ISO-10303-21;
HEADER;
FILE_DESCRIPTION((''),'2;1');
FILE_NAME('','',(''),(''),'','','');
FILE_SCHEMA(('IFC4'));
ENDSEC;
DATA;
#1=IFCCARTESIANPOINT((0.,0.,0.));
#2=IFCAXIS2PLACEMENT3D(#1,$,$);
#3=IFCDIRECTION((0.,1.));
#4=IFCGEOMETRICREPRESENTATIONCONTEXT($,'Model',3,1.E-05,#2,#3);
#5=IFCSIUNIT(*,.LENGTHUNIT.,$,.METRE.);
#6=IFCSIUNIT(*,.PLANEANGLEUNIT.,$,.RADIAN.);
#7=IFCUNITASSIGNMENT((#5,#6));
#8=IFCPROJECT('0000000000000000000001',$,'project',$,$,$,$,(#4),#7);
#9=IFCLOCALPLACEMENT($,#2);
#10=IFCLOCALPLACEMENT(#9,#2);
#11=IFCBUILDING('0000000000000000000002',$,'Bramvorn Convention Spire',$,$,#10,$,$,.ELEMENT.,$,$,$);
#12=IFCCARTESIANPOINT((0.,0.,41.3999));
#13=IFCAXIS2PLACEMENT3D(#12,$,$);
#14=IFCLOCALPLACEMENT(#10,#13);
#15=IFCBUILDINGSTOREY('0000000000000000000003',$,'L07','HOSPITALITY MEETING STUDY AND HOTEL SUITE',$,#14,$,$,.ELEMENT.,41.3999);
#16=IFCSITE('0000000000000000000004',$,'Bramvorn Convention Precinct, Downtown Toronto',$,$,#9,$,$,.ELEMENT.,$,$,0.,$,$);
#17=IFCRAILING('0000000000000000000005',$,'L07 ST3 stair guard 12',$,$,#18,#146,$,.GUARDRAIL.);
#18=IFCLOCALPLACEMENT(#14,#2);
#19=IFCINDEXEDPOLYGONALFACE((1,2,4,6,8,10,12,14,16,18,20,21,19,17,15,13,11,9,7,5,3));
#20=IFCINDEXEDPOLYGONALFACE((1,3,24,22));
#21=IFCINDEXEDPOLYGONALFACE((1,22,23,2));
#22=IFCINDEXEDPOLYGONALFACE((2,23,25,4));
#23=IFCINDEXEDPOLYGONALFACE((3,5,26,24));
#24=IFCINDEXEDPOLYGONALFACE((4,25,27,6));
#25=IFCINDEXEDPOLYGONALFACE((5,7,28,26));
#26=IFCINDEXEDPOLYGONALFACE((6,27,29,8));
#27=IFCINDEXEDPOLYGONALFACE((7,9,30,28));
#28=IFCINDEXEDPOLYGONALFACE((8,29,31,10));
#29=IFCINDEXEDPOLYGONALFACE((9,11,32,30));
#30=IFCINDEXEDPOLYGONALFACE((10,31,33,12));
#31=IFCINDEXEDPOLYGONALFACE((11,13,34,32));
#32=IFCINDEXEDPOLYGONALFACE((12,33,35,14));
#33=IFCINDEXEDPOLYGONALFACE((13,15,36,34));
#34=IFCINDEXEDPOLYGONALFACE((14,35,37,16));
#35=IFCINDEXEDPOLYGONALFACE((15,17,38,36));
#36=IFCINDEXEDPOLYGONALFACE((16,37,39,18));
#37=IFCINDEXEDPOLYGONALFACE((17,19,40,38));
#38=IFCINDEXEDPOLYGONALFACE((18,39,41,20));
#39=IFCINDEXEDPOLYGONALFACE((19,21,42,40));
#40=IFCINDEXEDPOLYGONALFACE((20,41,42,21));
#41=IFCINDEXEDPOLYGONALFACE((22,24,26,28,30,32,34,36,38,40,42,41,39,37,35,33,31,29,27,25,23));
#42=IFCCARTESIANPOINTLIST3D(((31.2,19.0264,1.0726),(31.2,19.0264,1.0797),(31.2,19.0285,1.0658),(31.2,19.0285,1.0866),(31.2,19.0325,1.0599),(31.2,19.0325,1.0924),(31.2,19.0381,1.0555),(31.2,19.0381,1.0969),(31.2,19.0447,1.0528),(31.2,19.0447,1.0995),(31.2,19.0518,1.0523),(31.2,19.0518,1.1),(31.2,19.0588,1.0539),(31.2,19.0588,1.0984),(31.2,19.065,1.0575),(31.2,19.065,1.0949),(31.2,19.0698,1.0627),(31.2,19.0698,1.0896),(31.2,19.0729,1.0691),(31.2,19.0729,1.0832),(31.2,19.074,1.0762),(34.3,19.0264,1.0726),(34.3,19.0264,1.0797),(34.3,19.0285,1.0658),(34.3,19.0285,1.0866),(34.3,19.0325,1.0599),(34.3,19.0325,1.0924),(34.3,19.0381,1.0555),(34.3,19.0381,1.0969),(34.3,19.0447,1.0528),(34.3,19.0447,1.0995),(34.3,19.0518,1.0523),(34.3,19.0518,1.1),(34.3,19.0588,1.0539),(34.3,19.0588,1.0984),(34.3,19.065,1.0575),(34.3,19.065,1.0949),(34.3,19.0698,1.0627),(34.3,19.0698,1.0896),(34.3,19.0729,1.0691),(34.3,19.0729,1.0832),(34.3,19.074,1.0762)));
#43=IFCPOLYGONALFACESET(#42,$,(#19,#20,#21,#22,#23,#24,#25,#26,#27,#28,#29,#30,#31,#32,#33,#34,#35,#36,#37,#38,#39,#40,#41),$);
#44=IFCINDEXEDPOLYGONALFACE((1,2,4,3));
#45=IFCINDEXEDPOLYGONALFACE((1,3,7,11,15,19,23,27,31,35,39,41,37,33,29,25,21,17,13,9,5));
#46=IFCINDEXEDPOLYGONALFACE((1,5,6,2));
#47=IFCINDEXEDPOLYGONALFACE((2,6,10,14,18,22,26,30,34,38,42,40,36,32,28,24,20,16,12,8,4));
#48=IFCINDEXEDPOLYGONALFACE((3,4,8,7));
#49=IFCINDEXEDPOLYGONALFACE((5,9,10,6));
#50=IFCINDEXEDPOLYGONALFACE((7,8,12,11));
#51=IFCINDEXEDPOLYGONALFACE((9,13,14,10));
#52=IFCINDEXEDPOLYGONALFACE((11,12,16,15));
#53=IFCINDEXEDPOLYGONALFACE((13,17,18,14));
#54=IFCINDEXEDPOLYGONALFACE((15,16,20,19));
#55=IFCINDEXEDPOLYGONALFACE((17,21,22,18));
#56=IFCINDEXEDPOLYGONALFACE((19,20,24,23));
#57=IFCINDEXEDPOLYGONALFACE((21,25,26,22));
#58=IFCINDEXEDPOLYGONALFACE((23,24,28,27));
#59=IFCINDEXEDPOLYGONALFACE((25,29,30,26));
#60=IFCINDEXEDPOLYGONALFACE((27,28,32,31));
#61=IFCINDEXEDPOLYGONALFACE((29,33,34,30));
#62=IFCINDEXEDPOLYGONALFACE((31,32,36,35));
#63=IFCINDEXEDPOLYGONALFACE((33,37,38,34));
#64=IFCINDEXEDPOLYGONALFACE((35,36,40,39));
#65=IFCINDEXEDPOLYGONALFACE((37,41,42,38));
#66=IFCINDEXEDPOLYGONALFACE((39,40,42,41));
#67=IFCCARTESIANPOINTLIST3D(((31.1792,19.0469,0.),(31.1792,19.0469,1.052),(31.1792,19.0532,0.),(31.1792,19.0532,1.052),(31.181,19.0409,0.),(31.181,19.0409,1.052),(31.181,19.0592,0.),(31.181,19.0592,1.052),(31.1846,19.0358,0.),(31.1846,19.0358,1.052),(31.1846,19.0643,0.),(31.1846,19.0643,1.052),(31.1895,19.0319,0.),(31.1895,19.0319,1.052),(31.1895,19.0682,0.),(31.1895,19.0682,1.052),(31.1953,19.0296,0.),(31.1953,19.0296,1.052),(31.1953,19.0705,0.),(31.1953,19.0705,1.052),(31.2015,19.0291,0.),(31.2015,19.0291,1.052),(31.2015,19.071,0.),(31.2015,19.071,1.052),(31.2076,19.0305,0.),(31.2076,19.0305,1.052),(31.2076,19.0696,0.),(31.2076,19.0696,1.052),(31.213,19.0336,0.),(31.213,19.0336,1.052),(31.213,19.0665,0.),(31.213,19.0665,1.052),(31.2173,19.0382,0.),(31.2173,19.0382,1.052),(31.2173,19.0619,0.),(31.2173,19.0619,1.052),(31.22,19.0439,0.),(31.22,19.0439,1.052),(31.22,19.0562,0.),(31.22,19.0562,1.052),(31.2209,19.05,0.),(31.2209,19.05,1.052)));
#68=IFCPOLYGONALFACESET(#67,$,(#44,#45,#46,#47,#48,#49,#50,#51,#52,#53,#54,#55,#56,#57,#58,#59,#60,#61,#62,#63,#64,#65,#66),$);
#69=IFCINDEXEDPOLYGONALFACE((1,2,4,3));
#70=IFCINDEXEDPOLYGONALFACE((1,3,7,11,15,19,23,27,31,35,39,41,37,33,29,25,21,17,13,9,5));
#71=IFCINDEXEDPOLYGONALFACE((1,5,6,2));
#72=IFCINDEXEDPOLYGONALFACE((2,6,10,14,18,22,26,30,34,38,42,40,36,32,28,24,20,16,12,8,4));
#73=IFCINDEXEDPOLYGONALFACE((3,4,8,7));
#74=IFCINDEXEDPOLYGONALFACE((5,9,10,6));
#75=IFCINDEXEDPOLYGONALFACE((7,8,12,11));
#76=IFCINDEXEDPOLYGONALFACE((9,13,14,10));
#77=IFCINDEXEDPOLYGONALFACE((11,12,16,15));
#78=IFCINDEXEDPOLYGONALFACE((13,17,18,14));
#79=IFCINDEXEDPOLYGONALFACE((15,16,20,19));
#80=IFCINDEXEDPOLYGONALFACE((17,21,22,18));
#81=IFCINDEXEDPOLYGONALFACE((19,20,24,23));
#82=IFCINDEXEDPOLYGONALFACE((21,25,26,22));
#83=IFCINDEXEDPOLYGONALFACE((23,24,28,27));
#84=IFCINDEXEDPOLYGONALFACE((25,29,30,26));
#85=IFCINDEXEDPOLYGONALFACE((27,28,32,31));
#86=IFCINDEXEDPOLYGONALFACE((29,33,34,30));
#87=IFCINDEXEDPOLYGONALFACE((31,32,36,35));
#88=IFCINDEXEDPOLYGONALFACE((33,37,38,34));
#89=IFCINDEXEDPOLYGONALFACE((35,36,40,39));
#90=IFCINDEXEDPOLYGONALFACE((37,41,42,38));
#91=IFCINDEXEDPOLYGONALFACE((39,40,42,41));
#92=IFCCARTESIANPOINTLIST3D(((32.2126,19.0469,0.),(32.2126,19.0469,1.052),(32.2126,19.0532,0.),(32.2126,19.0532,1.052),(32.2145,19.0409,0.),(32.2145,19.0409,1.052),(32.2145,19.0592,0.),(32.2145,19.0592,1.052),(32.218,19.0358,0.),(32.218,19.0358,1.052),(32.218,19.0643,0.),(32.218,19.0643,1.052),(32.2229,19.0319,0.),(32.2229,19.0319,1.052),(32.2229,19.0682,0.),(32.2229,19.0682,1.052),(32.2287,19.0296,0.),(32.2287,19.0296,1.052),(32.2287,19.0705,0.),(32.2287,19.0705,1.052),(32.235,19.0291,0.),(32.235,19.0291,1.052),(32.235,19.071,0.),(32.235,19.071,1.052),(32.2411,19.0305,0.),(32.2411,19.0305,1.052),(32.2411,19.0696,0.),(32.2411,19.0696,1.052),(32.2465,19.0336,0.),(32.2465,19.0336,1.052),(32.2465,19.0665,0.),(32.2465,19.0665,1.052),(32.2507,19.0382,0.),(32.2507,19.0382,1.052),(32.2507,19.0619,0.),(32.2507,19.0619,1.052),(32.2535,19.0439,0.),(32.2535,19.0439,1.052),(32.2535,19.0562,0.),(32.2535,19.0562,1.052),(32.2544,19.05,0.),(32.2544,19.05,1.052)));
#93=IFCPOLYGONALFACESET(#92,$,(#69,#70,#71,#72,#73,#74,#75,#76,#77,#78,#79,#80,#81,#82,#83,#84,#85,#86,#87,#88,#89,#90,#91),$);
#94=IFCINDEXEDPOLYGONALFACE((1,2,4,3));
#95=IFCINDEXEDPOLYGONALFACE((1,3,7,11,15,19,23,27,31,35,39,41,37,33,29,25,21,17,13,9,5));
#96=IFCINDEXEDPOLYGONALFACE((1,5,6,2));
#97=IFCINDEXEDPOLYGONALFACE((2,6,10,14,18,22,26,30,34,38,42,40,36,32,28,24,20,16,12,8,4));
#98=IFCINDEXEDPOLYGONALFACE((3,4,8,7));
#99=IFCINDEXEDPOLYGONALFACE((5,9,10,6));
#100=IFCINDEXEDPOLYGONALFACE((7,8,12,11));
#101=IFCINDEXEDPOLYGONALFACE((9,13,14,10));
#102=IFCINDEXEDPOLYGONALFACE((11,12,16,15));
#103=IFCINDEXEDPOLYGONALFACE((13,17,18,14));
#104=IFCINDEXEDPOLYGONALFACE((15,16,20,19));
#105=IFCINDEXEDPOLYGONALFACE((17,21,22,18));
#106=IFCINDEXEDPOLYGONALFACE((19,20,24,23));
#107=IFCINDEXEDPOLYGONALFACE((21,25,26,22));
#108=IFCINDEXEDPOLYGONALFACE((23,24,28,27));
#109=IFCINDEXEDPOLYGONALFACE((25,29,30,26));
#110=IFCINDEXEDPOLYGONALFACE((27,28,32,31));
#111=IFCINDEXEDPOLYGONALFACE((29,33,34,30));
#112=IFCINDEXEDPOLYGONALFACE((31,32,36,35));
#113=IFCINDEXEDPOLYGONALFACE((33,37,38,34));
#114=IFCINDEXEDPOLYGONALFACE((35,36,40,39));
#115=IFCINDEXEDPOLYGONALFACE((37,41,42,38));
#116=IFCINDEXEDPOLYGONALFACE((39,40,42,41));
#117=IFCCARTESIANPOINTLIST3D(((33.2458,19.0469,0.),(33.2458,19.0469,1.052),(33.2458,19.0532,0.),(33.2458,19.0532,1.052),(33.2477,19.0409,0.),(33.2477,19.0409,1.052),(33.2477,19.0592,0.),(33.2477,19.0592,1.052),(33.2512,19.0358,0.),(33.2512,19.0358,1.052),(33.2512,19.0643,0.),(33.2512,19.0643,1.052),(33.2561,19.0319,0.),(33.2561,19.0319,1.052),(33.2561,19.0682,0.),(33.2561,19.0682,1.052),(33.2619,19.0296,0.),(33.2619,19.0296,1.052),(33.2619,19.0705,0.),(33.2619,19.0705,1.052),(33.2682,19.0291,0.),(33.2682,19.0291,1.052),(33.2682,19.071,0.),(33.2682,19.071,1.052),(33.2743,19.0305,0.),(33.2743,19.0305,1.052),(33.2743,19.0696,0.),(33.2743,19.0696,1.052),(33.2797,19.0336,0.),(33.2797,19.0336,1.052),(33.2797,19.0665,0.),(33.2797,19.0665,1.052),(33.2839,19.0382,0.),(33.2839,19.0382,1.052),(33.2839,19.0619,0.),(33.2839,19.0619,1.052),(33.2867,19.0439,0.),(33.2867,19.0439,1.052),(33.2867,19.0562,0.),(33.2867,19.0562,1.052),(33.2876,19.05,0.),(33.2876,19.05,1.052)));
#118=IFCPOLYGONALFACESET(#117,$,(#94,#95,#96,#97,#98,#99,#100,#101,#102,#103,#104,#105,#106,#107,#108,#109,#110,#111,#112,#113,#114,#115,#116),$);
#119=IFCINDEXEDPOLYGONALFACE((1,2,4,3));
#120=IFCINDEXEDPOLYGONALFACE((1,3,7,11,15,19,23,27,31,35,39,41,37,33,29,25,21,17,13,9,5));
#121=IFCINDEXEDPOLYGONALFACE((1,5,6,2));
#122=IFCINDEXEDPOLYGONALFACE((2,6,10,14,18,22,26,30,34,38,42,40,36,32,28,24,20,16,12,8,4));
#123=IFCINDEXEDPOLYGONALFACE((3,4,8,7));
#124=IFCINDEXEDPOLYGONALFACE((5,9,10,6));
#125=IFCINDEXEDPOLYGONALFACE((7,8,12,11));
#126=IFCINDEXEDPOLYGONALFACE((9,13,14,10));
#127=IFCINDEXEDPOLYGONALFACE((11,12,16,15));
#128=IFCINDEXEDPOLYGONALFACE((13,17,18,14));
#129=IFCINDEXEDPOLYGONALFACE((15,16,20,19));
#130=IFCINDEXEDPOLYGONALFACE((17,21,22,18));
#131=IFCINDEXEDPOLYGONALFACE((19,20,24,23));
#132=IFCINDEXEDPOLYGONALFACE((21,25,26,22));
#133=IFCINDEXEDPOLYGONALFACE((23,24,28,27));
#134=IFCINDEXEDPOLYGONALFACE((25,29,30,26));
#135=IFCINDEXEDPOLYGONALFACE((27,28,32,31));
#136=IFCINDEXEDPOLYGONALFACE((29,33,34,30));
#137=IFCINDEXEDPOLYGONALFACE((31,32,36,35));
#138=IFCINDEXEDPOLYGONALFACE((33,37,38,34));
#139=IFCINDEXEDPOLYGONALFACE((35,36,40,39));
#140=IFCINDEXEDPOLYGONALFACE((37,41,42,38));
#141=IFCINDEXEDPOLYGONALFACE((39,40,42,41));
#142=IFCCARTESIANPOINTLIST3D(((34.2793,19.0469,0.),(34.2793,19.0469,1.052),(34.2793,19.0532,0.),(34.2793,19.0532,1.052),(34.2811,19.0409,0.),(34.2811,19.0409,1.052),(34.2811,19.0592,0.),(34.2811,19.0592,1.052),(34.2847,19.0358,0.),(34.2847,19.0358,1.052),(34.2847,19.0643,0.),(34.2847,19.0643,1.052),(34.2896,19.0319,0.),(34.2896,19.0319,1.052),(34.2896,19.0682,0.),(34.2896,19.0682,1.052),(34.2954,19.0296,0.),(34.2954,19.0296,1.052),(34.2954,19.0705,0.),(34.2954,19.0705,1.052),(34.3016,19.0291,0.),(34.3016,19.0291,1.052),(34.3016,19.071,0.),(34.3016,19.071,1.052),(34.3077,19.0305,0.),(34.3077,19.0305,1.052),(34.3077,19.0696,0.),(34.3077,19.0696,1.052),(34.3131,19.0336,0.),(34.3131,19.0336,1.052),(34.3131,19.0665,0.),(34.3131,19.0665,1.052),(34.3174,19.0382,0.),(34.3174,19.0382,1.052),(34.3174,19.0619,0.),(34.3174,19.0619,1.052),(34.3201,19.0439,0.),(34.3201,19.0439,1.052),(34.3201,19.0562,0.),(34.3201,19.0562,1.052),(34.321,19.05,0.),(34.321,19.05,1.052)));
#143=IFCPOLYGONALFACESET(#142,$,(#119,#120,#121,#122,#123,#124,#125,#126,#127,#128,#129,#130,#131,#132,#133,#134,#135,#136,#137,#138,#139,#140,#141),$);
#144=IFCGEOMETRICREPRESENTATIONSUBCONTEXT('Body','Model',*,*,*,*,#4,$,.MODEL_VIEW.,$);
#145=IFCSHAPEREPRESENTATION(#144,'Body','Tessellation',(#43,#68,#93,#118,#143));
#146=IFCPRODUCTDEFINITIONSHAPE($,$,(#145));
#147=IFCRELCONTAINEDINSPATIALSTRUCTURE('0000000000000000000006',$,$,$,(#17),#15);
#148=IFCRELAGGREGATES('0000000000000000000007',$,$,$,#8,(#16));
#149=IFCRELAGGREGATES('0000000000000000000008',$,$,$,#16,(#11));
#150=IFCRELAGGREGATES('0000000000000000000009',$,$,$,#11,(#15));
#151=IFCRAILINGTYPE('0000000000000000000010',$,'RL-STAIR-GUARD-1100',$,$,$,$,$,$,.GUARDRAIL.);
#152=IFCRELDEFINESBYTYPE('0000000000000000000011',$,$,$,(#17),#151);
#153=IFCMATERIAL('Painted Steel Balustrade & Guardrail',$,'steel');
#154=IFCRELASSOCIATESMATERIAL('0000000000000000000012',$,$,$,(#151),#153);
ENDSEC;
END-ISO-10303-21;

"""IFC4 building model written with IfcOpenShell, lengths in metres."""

from ifc_helpers import new_model, si_unit, direction, frame, origin, origin_2d, place, context, subcontext, project, spatial, circle, extrude, material, type_object, element, save


model = new_model("IFC4")

# Units and contexts
model_context = context("Model", 3, precision=1e-05, world=origin(), true_north=direction((0.0, 1.0)))
body_context = subcontext(model_context, "Body", "Model", "MODEL_VIEW")
ifc_project = project(units=[si_unit("LENGTHUNIT", "METRE"), si_unit("PLANEANGLEUNIT", "RADIAN")], contexts=[model_context])

# Site, building, storey
site_placement = place(None, origin())
site = spatial("IfcSite", under=ifc_project, at=site_placement, Name="Bramvorn Convention Precinct, Downtown Toronto", CompositionType="ELEMENT", RefElevation=0.0)
building_placement = place(site_placement, origin())
building = spatial("IfcBuilding", under=site, at=building_placement, Name="Bramvorn Convention Spire", CompositionType="ELEMENT")
storey_placement = place(building_placement, frame((0.0, 0.0, 41.3999)))
storey = spatial("IfcBuildingStorey", under=building, at=storey_placement, Name="L07", Description="HOSPITALITY MEETING STUDY AND HOTEL SUITE", CompositionType="ELEMENT", Elevation=41.3999)

# Railing
ifc_material_1 = material(Name="Painted Steel Balustrade & Guardrail", Category="steel")
railing_type_1 = type_object("IfcRailingType", Name="RL-STAIR-GUARD-1100", PredefinedType="GUARDRAIL", material=ifc_material_1)
railing_1_placement = place(storey_placement, frame((31.2, 19.05, 0.0)))
element("IfcRailing", 1, at=railing_1_placement, inside=storey, type_object=railing_type_1, Name="L07 ST3 stair guard 12", PredefinedType="GUARDRAIL", context=body_context, shape_type="SweptSolid", body=[
    extrude(circle(Radius=0.0239, at=origin_2d()), frame((0.0, 0.0, 1.0762), z_axis=(1.0, 0.0, 0.0), x_axis=(0.0, 1.0, 0.0)), (0.0, 0.0, 1.0), 3.1001),
    extrude(circle(Radius=0.021, at=origin_2d()), origin(), (0.0, 0.0, 1.0), 1.052),
    extrude(circle(Radius=0.021, at=origin_2d()), frame((1.0334, 0.0, 0.0)), (0.0, 0.0, 1.0), 1.052),
    extrude(circle(Radius=0.021, at=origin_2d()), frame((2.0667, 0.0, 0.0)), (0.0, 0.0, 1.0), 1.052),
    extrude(circle(Radius=0.021, at=origin_2d()), frame((3.1001, 0.0, 0.0)), (0.0, 0.0, 1.0), 1.052),
])

save(model, "model.ifc")
